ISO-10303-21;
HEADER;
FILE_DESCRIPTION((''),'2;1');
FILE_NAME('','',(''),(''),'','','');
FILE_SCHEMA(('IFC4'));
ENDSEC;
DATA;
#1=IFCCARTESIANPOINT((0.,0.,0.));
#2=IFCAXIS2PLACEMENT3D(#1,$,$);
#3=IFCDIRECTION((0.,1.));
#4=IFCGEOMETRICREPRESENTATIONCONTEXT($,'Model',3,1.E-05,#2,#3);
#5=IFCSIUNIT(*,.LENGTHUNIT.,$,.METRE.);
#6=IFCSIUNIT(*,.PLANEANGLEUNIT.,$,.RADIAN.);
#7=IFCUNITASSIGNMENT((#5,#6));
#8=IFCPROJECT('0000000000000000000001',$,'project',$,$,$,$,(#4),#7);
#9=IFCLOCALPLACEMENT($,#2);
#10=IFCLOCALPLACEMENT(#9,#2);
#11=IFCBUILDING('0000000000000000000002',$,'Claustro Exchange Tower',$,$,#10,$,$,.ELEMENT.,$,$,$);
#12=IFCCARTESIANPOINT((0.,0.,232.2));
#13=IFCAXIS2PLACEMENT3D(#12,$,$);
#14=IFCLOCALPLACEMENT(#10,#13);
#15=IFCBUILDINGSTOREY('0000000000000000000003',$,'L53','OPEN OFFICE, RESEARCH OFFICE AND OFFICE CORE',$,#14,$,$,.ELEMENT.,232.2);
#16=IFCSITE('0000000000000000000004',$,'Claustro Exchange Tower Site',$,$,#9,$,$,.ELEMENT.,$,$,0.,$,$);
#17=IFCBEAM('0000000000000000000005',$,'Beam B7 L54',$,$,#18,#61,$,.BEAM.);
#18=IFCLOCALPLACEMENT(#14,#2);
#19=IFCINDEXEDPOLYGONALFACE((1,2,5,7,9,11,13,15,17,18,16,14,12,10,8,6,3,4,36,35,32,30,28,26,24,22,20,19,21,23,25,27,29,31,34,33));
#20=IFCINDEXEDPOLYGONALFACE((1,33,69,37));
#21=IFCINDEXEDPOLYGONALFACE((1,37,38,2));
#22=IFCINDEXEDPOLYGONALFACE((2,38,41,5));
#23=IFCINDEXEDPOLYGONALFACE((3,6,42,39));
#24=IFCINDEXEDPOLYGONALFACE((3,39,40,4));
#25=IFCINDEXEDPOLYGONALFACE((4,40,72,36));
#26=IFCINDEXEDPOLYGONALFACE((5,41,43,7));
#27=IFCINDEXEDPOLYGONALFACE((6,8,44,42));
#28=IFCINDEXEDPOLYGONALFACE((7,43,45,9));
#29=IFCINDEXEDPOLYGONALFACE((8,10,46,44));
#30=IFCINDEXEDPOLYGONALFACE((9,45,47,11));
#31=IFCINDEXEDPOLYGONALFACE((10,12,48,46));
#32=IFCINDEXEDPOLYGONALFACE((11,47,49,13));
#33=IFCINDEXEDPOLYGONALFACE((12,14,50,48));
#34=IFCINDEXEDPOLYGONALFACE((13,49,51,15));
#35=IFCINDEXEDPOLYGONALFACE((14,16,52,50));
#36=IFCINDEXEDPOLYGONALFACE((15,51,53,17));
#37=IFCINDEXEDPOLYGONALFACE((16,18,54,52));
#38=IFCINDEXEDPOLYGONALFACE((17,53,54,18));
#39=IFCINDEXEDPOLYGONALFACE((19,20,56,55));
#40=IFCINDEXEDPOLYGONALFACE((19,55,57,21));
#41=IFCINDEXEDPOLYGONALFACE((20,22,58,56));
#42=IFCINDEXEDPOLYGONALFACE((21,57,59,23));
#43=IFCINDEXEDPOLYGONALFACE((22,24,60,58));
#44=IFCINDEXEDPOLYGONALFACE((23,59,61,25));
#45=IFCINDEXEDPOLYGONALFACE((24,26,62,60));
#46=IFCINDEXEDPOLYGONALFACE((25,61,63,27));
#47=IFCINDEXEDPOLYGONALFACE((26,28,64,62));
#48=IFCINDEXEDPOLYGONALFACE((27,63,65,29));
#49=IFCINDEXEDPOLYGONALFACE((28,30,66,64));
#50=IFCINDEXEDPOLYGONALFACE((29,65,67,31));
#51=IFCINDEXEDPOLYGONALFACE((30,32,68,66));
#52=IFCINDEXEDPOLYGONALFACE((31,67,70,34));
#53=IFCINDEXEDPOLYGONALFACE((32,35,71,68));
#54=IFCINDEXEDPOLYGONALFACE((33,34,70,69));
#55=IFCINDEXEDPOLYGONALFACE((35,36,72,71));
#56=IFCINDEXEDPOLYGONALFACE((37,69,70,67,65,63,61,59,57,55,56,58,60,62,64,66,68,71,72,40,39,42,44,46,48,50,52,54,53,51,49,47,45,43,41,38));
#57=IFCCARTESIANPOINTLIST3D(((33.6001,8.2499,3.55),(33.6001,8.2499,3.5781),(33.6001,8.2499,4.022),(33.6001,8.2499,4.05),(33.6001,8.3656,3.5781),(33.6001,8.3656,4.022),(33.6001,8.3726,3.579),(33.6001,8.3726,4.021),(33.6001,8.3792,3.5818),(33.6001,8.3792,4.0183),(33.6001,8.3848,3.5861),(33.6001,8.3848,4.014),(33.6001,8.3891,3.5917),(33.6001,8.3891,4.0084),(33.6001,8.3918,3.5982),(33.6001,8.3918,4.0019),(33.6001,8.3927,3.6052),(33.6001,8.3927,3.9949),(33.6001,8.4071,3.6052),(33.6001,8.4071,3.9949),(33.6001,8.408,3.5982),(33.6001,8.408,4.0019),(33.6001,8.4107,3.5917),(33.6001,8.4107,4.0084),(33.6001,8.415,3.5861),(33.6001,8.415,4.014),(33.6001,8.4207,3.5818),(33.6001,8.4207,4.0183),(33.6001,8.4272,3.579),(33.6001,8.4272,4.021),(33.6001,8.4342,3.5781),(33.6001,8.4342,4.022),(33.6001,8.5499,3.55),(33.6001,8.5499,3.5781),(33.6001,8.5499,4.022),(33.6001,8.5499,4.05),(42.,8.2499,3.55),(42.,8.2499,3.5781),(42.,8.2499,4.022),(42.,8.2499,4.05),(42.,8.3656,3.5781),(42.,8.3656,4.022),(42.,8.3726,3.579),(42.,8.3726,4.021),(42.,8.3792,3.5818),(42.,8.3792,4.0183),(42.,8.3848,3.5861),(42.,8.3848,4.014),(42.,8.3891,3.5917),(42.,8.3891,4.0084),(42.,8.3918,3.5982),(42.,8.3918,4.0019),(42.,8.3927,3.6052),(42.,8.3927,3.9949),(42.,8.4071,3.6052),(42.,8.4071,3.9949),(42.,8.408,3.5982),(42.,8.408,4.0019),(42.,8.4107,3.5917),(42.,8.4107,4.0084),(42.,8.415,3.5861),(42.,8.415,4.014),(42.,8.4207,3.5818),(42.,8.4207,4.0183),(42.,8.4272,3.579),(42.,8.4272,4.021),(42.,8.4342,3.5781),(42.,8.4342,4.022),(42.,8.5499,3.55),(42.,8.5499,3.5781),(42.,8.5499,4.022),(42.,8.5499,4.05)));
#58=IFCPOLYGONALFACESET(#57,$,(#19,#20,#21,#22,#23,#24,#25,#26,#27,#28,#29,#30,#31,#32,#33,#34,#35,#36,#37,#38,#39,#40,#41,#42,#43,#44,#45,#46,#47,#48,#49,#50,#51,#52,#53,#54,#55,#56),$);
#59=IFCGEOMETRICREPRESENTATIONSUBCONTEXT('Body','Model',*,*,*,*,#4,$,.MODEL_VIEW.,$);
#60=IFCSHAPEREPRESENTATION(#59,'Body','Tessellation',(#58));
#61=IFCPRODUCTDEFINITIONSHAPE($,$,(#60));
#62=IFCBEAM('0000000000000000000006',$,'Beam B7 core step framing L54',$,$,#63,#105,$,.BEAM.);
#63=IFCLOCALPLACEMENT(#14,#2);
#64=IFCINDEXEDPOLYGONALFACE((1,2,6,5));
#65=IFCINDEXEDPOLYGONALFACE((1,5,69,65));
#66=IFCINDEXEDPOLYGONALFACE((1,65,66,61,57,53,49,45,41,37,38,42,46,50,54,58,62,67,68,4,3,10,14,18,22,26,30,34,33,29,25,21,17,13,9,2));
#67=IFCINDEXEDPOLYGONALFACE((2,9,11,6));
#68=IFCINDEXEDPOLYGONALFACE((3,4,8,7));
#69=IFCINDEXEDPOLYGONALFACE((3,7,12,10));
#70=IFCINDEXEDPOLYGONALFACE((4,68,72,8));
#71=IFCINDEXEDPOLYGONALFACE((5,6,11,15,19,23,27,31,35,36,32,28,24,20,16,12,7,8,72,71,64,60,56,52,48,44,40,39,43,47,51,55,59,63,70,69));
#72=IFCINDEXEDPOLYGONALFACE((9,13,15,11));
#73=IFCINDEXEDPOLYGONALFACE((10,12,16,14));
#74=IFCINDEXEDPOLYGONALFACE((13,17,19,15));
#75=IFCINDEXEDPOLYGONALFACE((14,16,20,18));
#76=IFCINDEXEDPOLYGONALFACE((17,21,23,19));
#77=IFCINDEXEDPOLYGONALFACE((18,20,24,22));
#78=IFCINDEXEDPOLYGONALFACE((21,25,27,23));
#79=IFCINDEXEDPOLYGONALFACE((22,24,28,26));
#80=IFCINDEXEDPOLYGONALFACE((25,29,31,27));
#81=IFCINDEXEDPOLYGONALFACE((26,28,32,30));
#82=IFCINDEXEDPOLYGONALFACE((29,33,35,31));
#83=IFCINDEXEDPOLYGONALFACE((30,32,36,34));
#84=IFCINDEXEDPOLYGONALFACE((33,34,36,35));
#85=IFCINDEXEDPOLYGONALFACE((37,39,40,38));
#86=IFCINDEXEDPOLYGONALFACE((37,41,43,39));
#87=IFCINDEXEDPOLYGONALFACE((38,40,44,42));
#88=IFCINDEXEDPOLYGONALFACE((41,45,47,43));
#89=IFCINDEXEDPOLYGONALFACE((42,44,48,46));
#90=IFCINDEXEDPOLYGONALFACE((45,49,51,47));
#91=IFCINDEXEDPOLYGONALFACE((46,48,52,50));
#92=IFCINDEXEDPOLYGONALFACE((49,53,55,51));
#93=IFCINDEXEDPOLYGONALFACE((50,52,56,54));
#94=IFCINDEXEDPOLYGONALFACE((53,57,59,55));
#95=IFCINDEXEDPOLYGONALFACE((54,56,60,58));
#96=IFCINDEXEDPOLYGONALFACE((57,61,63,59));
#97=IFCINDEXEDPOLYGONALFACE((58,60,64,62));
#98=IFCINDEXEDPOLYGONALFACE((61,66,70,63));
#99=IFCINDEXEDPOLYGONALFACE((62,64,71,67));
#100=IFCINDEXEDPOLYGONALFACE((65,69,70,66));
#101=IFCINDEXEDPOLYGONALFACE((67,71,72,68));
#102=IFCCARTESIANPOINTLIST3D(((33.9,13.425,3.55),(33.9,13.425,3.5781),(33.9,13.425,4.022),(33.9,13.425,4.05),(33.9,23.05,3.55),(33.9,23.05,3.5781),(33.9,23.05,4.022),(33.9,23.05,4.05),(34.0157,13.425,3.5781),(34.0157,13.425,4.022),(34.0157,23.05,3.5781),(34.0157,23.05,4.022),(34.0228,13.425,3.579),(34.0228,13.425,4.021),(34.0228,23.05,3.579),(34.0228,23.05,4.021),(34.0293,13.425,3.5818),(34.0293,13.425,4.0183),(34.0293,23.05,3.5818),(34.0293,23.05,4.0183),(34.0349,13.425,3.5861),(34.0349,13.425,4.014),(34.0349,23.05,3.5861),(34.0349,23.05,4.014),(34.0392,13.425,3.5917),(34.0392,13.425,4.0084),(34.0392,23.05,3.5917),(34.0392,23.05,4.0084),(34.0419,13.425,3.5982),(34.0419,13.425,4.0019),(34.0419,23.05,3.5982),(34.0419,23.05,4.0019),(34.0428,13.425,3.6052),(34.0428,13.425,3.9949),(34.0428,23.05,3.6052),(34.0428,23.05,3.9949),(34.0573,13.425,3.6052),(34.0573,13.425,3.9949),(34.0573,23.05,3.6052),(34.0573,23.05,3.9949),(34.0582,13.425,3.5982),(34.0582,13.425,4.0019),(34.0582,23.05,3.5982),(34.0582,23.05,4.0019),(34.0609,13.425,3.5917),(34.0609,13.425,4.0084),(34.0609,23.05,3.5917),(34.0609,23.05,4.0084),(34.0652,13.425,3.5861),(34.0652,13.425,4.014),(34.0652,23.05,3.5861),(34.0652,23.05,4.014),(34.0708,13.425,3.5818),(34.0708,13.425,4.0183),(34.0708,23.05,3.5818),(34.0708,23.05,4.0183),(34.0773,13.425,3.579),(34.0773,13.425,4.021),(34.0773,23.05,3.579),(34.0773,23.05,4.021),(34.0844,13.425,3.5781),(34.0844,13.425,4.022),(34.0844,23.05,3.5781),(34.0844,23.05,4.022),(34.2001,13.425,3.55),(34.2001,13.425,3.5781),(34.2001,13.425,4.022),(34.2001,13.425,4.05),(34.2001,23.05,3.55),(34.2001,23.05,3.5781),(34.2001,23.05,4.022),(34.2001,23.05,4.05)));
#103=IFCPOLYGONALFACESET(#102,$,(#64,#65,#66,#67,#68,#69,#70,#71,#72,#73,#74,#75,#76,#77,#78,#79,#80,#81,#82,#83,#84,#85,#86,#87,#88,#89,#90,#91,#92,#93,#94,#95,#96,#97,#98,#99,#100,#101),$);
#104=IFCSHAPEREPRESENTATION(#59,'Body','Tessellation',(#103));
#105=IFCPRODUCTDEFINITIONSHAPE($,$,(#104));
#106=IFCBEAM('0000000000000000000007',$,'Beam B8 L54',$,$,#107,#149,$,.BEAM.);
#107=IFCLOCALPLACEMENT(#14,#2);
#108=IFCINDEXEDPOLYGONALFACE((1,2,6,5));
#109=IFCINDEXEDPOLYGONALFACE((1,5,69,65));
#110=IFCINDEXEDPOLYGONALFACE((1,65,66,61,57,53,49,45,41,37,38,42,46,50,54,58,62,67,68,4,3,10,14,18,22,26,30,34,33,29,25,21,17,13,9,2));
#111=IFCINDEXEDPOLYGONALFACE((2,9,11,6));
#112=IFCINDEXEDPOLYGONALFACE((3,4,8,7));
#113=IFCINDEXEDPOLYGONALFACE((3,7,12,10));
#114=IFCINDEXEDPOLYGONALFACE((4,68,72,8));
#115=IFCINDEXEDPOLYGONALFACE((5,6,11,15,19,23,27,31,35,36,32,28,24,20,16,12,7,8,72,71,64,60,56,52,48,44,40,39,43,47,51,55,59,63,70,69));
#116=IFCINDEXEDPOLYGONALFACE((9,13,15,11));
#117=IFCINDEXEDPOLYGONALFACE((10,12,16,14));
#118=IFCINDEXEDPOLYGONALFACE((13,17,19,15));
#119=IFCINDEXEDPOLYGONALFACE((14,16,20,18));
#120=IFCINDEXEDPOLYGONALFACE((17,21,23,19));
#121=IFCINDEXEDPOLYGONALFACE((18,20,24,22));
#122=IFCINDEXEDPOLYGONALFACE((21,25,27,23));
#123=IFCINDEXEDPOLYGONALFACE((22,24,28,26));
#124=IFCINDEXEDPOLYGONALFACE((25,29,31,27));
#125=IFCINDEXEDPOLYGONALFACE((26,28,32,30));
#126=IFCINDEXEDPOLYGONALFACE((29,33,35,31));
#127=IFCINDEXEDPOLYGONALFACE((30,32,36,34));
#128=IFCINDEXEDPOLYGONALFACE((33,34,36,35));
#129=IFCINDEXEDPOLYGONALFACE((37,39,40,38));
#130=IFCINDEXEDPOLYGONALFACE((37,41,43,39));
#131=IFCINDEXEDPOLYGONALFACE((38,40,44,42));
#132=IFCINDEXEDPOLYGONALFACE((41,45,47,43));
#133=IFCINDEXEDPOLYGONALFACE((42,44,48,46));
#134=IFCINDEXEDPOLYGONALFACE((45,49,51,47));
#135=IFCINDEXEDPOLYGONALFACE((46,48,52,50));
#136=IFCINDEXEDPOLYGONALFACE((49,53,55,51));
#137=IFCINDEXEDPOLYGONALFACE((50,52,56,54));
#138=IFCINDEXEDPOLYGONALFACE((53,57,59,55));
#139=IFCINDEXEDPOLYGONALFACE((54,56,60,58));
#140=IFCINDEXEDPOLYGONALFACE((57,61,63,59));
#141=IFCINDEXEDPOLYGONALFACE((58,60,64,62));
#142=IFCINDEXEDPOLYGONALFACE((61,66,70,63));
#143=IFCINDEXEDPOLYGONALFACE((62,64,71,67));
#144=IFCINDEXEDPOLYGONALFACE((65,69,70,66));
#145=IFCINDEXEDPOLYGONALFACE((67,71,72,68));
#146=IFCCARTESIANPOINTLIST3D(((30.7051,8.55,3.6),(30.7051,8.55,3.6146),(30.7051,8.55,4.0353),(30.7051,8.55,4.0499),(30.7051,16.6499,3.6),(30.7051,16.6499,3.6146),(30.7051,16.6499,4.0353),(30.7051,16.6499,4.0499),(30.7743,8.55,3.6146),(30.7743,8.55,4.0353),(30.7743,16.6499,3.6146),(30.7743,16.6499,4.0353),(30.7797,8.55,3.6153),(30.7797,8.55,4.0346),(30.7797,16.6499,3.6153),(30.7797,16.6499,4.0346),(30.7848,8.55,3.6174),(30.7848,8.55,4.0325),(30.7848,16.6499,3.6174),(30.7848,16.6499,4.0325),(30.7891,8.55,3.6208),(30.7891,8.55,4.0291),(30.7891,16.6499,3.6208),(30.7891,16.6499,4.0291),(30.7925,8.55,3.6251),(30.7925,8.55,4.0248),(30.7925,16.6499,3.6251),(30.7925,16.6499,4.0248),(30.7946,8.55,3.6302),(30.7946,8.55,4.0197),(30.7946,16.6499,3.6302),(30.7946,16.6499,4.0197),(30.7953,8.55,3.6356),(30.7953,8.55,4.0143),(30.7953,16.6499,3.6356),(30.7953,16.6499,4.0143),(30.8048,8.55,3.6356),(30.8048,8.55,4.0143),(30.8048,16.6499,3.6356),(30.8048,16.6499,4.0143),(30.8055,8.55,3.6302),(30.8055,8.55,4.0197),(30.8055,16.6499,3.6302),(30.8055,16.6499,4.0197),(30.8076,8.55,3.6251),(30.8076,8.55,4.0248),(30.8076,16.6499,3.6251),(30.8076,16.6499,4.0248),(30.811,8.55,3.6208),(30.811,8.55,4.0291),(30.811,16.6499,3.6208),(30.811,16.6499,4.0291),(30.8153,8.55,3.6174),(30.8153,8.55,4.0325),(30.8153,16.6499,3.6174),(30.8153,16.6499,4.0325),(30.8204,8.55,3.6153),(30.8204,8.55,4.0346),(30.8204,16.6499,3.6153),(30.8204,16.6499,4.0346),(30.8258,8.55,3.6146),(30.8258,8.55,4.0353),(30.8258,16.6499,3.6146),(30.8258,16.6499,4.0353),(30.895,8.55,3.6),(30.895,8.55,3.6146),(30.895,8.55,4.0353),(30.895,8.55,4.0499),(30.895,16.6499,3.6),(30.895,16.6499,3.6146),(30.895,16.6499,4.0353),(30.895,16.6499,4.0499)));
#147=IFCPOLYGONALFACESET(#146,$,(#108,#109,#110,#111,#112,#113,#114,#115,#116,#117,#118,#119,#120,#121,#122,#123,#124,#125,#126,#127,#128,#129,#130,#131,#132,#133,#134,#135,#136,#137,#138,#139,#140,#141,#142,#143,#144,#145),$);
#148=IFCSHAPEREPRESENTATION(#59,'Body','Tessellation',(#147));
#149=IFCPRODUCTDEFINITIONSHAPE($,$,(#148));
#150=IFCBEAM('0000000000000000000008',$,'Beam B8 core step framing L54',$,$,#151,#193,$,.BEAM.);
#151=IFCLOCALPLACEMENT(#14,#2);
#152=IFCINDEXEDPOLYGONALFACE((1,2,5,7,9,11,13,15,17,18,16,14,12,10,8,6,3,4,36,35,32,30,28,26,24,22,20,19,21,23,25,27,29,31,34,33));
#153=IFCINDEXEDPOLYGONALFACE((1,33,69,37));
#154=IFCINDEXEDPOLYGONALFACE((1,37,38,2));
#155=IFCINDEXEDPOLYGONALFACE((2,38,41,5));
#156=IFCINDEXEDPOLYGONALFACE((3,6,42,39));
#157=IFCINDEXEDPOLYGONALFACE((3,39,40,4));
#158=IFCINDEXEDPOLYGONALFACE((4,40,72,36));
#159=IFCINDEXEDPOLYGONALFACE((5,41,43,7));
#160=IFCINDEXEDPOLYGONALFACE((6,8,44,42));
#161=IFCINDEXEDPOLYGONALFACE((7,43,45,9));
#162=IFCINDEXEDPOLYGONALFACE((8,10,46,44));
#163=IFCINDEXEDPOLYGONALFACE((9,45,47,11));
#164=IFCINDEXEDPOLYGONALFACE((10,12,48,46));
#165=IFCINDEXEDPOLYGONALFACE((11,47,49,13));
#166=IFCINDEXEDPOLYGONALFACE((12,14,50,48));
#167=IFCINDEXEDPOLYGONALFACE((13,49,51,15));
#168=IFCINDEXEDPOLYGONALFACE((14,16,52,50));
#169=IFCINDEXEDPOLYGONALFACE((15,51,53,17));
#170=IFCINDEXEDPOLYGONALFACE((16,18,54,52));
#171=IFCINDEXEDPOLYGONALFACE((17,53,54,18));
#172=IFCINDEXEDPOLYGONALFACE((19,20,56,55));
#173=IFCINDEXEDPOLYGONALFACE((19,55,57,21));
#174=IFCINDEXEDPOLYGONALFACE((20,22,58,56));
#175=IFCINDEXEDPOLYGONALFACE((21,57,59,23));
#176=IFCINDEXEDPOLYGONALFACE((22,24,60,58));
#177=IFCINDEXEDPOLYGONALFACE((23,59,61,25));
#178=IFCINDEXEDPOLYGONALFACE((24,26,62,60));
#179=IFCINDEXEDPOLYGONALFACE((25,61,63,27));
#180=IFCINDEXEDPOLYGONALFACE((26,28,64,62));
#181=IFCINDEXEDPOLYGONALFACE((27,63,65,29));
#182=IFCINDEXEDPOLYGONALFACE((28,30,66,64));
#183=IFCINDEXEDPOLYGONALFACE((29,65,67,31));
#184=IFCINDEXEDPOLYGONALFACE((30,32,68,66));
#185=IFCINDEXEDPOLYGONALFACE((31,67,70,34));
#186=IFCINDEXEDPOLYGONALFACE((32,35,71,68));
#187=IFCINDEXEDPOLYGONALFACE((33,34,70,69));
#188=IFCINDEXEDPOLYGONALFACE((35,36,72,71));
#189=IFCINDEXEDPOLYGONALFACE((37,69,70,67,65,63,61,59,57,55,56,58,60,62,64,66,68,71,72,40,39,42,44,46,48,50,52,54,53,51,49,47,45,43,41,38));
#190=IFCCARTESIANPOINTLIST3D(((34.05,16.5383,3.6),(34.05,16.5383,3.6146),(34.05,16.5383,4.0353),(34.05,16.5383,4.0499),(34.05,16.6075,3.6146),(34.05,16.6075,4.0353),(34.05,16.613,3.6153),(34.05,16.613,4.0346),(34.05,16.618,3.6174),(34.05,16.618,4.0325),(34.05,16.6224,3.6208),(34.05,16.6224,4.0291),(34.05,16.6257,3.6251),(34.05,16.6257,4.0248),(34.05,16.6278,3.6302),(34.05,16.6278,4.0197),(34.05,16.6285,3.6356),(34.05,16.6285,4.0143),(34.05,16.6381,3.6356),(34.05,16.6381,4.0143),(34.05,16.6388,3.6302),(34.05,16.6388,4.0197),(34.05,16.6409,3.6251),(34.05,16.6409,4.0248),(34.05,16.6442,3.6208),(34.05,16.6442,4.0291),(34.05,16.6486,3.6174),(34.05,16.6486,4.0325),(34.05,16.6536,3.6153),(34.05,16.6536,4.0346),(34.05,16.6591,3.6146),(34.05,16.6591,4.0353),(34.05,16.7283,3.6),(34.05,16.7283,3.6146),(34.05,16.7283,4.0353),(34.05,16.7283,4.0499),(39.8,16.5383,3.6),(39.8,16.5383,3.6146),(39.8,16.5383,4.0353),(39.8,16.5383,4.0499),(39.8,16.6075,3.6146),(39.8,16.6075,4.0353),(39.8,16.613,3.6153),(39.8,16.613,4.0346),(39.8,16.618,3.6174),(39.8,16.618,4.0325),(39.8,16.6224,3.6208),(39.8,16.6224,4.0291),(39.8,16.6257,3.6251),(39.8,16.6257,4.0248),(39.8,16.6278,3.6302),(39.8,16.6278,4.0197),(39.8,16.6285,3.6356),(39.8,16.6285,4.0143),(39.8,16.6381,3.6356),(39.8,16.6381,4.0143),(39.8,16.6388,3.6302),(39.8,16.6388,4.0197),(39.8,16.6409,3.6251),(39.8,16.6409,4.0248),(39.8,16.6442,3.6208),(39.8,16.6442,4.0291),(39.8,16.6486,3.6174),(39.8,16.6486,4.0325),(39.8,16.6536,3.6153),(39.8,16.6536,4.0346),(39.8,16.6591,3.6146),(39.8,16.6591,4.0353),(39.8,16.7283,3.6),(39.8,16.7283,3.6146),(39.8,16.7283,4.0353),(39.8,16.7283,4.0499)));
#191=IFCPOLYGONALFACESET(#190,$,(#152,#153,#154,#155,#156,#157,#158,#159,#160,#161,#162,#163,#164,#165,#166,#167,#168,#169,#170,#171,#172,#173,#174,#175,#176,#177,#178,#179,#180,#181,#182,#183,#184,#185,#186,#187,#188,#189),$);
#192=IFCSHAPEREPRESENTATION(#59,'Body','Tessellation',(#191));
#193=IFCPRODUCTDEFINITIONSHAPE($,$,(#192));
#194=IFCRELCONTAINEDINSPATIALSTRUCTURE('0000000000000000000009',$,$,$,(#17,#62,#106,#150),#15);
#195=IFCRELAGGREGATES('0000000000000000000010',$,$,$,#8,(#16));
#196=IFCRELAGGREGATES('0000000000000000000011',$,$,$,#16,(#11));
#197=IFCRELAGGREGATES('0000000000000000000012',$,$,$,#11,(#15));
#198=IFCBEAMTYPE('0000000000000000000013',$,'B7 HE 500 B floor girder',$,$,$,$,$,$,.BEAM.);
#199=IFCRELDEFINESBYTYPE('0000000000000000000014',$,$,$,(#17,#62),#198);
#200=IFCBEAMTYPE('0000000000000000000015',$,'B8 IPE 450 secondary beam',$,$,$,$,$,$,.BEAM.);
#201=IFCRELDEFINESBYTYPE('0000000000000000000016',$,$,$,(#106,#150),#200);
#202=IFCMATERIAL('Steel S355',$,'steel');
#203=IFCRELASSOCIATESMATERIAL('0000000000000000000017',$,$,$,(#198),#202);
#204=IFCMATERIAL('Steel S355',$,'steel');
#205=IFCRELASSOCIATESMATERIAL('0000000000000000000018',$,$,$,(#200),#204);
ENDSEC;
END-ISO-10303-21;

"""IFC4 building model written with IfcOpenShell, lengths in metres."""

from ifc_helpers import new_model, si_unit, direction, frame, origin, origin_2d, place, context, subcontext, project, spatial, i_section, extrude, material, material_profile, profile_set, type_object, element, save


model = new_model("IFC4")

# Units and contexts
model_context = context("Model", 3, precision=1e-05, world=origin(), true_north=direction((0.0, 1.0)))
body_context = subcontext(model_context, "Body", "Model", "MODEL_VIEW")
ifc_project = project(units=[si_unit("LENGTHUNIT", "METRE"), si_unit("PLANEANGLEUNIT", "RADIAN")], contexts=[model_context])

# Site, building, storey
site_placement = place(None, origin())
site = spatial("IfcSite", under=ifc_project, at=site_placement, Name="Claustro Exchange Tower Site", CompositionType="ELEMENT", RefElevation=0.0)
building_placement = place(site_placement, origin())
building = spatial("IfcBuilding", under=site, at=building_placement, Name="Claustro Exchange Tower", CompositionType="ELEMENT")
storey_placement = place(building_placement, frame((0.0, 0.0, 232.2)))
storey = spatial("IfcBuildingStorey", under=building, at=storey_placement, Name="L53", Description="OPEN OFFICE, RESEARCH OFFICE AND OFFICE CORE", CompositionType="ELEMENT", Elevation=232.2)

# Beams
ifc_material_1 = material(Name="Steel S355", Category="steel")
ifc_material_profile_1 = material_profile(ifc_material_1, i_section(OverallWidth=0.3, OverallDepth=0.5, WebThickness=0.0144, FlangeThickness=0.0281, FilletRadius=0.0271, at=origin_2d()), Name="HE 500 B")
ifc_profile_set_1 = profile_set([ifc_material_profile_1], Name="Steel S355")
beam_type_1 = type_object("IfcBeamType", Name="B7 HE 500 B floor girder", PredefinedType="BEAM", material=ifc_profile_set_1)
beam_1_placement = place(storey_placement, frame((33.6001, 8.3999, 3.8), z_axis=(1.0, 0.0, 0.0), x_axis=(0.0, 1.0, 0.0)))
element("IfcBeam", 1, at=beam_1_placement, inside=storey, type_object=beam_type_1, Name="Beam B7 L54", PredefinedType="BEAM", context=body_context, shape_type="SweptSolid", body=[
    extrude(i_section(OverallWidth=0.3, OverallDepth=0.5, WebThickness=0.0144, FlangeThickness=0.0281, FilletRadius=0.0271, at=origin_2d()), origin(), (0.0, 0.0, 1.0), 8.3999),
])
beam_2_placement = place(storey_placement, frame((34.05, 13.425, 3.8), z_axis=(0.0, 1.0, 0.0), x_axis=(-1.0, 0.0, 0.0)))
element("IfcBeam", 2, at=beam_2_placement, inside=storey, type_object=beam_type_1, Name="Beam B7 core step framing L54", PredefinedType="BEAM", context=body_context, shape_type="SweptSolid", body=[
    extrude(i_section(OverallWidth=0.3, OverallDepth=0.5, WebThickness=0.0144, FlangeThickness=0.0281, FilletRadius=0.0271, at=origin_2d()), origin(), (0.0, 0.0, 1.0), 9.625),
])
ifc_material_2 = material(Name="Steel S355", Category="steel")
ifc_material_profile_2 = material_profile(ifc_material_2, i_section(OverallWidth=0.1899, OverallDepth=0.45, WebThickness=0.0095, FlangeThickness=0.0146, FilletRadius=0.021, at=origin_2d()), Name="IPE 450")
ifc_profile_set_2 = profile_set([ifc_material_profile_2], Name="Steel S355")
beam_type_2 = type_object("IfcBeamType", Name="B8 IPE 450 secondary beam", PredefinedType="BEAM", material=ifc_profile_set_2)
beam_3_placement = place(storey_placement, frame((30.8, 8.55, 3.825), z_axis=(0.0, 1.0, 0.0), x_axis=(-1.0, 0.0, 0.0)))
element("IfcBeam", 3, at=beam_3_placement, inside=storey, type_object=beam_type_2, Name="Beam B8 L54", PredefinedType="BEAM", context=body_context, shape_type="SweptSolid", body=[
    extrude(i_section(OverallWidth=0.1899, OverallDepth=0.45, WebThickness=0.0095, FlangeThickness=0.0146, FilletRadius=0.021, at=origin_2d()), origin(), (0.0, 0.0, 1.0), 8.0999),
])
for number, where, z_axis, x_axis, name in (
    (4, (34.05, 16.6333, 3.825), (1.0, 0.0, 0.0), (0.0, 1.0, 0.0), "Beam B8 core step framing L54"),
):
    element("IfcBeam", number, at=place(storey_placement, frame(where, z_axis=z_axis, x_axis=x_axis)), inside=storey, type_object=beam_type_2, Name=name, PredefinedType="BEAM", context=body_context, shape_type="SweptSolid", body=[
        extrude(i_section(OverallWidth=0.1899, OverallDepth=0.45, WebThickness=0.0095, FlangeThickness=0.0146, FilletRadius=0.021, at=origin_2d()), origin(), (0.0, 0.0, 1.0), 5.75),
    ])

save(model, "model.ifc")
